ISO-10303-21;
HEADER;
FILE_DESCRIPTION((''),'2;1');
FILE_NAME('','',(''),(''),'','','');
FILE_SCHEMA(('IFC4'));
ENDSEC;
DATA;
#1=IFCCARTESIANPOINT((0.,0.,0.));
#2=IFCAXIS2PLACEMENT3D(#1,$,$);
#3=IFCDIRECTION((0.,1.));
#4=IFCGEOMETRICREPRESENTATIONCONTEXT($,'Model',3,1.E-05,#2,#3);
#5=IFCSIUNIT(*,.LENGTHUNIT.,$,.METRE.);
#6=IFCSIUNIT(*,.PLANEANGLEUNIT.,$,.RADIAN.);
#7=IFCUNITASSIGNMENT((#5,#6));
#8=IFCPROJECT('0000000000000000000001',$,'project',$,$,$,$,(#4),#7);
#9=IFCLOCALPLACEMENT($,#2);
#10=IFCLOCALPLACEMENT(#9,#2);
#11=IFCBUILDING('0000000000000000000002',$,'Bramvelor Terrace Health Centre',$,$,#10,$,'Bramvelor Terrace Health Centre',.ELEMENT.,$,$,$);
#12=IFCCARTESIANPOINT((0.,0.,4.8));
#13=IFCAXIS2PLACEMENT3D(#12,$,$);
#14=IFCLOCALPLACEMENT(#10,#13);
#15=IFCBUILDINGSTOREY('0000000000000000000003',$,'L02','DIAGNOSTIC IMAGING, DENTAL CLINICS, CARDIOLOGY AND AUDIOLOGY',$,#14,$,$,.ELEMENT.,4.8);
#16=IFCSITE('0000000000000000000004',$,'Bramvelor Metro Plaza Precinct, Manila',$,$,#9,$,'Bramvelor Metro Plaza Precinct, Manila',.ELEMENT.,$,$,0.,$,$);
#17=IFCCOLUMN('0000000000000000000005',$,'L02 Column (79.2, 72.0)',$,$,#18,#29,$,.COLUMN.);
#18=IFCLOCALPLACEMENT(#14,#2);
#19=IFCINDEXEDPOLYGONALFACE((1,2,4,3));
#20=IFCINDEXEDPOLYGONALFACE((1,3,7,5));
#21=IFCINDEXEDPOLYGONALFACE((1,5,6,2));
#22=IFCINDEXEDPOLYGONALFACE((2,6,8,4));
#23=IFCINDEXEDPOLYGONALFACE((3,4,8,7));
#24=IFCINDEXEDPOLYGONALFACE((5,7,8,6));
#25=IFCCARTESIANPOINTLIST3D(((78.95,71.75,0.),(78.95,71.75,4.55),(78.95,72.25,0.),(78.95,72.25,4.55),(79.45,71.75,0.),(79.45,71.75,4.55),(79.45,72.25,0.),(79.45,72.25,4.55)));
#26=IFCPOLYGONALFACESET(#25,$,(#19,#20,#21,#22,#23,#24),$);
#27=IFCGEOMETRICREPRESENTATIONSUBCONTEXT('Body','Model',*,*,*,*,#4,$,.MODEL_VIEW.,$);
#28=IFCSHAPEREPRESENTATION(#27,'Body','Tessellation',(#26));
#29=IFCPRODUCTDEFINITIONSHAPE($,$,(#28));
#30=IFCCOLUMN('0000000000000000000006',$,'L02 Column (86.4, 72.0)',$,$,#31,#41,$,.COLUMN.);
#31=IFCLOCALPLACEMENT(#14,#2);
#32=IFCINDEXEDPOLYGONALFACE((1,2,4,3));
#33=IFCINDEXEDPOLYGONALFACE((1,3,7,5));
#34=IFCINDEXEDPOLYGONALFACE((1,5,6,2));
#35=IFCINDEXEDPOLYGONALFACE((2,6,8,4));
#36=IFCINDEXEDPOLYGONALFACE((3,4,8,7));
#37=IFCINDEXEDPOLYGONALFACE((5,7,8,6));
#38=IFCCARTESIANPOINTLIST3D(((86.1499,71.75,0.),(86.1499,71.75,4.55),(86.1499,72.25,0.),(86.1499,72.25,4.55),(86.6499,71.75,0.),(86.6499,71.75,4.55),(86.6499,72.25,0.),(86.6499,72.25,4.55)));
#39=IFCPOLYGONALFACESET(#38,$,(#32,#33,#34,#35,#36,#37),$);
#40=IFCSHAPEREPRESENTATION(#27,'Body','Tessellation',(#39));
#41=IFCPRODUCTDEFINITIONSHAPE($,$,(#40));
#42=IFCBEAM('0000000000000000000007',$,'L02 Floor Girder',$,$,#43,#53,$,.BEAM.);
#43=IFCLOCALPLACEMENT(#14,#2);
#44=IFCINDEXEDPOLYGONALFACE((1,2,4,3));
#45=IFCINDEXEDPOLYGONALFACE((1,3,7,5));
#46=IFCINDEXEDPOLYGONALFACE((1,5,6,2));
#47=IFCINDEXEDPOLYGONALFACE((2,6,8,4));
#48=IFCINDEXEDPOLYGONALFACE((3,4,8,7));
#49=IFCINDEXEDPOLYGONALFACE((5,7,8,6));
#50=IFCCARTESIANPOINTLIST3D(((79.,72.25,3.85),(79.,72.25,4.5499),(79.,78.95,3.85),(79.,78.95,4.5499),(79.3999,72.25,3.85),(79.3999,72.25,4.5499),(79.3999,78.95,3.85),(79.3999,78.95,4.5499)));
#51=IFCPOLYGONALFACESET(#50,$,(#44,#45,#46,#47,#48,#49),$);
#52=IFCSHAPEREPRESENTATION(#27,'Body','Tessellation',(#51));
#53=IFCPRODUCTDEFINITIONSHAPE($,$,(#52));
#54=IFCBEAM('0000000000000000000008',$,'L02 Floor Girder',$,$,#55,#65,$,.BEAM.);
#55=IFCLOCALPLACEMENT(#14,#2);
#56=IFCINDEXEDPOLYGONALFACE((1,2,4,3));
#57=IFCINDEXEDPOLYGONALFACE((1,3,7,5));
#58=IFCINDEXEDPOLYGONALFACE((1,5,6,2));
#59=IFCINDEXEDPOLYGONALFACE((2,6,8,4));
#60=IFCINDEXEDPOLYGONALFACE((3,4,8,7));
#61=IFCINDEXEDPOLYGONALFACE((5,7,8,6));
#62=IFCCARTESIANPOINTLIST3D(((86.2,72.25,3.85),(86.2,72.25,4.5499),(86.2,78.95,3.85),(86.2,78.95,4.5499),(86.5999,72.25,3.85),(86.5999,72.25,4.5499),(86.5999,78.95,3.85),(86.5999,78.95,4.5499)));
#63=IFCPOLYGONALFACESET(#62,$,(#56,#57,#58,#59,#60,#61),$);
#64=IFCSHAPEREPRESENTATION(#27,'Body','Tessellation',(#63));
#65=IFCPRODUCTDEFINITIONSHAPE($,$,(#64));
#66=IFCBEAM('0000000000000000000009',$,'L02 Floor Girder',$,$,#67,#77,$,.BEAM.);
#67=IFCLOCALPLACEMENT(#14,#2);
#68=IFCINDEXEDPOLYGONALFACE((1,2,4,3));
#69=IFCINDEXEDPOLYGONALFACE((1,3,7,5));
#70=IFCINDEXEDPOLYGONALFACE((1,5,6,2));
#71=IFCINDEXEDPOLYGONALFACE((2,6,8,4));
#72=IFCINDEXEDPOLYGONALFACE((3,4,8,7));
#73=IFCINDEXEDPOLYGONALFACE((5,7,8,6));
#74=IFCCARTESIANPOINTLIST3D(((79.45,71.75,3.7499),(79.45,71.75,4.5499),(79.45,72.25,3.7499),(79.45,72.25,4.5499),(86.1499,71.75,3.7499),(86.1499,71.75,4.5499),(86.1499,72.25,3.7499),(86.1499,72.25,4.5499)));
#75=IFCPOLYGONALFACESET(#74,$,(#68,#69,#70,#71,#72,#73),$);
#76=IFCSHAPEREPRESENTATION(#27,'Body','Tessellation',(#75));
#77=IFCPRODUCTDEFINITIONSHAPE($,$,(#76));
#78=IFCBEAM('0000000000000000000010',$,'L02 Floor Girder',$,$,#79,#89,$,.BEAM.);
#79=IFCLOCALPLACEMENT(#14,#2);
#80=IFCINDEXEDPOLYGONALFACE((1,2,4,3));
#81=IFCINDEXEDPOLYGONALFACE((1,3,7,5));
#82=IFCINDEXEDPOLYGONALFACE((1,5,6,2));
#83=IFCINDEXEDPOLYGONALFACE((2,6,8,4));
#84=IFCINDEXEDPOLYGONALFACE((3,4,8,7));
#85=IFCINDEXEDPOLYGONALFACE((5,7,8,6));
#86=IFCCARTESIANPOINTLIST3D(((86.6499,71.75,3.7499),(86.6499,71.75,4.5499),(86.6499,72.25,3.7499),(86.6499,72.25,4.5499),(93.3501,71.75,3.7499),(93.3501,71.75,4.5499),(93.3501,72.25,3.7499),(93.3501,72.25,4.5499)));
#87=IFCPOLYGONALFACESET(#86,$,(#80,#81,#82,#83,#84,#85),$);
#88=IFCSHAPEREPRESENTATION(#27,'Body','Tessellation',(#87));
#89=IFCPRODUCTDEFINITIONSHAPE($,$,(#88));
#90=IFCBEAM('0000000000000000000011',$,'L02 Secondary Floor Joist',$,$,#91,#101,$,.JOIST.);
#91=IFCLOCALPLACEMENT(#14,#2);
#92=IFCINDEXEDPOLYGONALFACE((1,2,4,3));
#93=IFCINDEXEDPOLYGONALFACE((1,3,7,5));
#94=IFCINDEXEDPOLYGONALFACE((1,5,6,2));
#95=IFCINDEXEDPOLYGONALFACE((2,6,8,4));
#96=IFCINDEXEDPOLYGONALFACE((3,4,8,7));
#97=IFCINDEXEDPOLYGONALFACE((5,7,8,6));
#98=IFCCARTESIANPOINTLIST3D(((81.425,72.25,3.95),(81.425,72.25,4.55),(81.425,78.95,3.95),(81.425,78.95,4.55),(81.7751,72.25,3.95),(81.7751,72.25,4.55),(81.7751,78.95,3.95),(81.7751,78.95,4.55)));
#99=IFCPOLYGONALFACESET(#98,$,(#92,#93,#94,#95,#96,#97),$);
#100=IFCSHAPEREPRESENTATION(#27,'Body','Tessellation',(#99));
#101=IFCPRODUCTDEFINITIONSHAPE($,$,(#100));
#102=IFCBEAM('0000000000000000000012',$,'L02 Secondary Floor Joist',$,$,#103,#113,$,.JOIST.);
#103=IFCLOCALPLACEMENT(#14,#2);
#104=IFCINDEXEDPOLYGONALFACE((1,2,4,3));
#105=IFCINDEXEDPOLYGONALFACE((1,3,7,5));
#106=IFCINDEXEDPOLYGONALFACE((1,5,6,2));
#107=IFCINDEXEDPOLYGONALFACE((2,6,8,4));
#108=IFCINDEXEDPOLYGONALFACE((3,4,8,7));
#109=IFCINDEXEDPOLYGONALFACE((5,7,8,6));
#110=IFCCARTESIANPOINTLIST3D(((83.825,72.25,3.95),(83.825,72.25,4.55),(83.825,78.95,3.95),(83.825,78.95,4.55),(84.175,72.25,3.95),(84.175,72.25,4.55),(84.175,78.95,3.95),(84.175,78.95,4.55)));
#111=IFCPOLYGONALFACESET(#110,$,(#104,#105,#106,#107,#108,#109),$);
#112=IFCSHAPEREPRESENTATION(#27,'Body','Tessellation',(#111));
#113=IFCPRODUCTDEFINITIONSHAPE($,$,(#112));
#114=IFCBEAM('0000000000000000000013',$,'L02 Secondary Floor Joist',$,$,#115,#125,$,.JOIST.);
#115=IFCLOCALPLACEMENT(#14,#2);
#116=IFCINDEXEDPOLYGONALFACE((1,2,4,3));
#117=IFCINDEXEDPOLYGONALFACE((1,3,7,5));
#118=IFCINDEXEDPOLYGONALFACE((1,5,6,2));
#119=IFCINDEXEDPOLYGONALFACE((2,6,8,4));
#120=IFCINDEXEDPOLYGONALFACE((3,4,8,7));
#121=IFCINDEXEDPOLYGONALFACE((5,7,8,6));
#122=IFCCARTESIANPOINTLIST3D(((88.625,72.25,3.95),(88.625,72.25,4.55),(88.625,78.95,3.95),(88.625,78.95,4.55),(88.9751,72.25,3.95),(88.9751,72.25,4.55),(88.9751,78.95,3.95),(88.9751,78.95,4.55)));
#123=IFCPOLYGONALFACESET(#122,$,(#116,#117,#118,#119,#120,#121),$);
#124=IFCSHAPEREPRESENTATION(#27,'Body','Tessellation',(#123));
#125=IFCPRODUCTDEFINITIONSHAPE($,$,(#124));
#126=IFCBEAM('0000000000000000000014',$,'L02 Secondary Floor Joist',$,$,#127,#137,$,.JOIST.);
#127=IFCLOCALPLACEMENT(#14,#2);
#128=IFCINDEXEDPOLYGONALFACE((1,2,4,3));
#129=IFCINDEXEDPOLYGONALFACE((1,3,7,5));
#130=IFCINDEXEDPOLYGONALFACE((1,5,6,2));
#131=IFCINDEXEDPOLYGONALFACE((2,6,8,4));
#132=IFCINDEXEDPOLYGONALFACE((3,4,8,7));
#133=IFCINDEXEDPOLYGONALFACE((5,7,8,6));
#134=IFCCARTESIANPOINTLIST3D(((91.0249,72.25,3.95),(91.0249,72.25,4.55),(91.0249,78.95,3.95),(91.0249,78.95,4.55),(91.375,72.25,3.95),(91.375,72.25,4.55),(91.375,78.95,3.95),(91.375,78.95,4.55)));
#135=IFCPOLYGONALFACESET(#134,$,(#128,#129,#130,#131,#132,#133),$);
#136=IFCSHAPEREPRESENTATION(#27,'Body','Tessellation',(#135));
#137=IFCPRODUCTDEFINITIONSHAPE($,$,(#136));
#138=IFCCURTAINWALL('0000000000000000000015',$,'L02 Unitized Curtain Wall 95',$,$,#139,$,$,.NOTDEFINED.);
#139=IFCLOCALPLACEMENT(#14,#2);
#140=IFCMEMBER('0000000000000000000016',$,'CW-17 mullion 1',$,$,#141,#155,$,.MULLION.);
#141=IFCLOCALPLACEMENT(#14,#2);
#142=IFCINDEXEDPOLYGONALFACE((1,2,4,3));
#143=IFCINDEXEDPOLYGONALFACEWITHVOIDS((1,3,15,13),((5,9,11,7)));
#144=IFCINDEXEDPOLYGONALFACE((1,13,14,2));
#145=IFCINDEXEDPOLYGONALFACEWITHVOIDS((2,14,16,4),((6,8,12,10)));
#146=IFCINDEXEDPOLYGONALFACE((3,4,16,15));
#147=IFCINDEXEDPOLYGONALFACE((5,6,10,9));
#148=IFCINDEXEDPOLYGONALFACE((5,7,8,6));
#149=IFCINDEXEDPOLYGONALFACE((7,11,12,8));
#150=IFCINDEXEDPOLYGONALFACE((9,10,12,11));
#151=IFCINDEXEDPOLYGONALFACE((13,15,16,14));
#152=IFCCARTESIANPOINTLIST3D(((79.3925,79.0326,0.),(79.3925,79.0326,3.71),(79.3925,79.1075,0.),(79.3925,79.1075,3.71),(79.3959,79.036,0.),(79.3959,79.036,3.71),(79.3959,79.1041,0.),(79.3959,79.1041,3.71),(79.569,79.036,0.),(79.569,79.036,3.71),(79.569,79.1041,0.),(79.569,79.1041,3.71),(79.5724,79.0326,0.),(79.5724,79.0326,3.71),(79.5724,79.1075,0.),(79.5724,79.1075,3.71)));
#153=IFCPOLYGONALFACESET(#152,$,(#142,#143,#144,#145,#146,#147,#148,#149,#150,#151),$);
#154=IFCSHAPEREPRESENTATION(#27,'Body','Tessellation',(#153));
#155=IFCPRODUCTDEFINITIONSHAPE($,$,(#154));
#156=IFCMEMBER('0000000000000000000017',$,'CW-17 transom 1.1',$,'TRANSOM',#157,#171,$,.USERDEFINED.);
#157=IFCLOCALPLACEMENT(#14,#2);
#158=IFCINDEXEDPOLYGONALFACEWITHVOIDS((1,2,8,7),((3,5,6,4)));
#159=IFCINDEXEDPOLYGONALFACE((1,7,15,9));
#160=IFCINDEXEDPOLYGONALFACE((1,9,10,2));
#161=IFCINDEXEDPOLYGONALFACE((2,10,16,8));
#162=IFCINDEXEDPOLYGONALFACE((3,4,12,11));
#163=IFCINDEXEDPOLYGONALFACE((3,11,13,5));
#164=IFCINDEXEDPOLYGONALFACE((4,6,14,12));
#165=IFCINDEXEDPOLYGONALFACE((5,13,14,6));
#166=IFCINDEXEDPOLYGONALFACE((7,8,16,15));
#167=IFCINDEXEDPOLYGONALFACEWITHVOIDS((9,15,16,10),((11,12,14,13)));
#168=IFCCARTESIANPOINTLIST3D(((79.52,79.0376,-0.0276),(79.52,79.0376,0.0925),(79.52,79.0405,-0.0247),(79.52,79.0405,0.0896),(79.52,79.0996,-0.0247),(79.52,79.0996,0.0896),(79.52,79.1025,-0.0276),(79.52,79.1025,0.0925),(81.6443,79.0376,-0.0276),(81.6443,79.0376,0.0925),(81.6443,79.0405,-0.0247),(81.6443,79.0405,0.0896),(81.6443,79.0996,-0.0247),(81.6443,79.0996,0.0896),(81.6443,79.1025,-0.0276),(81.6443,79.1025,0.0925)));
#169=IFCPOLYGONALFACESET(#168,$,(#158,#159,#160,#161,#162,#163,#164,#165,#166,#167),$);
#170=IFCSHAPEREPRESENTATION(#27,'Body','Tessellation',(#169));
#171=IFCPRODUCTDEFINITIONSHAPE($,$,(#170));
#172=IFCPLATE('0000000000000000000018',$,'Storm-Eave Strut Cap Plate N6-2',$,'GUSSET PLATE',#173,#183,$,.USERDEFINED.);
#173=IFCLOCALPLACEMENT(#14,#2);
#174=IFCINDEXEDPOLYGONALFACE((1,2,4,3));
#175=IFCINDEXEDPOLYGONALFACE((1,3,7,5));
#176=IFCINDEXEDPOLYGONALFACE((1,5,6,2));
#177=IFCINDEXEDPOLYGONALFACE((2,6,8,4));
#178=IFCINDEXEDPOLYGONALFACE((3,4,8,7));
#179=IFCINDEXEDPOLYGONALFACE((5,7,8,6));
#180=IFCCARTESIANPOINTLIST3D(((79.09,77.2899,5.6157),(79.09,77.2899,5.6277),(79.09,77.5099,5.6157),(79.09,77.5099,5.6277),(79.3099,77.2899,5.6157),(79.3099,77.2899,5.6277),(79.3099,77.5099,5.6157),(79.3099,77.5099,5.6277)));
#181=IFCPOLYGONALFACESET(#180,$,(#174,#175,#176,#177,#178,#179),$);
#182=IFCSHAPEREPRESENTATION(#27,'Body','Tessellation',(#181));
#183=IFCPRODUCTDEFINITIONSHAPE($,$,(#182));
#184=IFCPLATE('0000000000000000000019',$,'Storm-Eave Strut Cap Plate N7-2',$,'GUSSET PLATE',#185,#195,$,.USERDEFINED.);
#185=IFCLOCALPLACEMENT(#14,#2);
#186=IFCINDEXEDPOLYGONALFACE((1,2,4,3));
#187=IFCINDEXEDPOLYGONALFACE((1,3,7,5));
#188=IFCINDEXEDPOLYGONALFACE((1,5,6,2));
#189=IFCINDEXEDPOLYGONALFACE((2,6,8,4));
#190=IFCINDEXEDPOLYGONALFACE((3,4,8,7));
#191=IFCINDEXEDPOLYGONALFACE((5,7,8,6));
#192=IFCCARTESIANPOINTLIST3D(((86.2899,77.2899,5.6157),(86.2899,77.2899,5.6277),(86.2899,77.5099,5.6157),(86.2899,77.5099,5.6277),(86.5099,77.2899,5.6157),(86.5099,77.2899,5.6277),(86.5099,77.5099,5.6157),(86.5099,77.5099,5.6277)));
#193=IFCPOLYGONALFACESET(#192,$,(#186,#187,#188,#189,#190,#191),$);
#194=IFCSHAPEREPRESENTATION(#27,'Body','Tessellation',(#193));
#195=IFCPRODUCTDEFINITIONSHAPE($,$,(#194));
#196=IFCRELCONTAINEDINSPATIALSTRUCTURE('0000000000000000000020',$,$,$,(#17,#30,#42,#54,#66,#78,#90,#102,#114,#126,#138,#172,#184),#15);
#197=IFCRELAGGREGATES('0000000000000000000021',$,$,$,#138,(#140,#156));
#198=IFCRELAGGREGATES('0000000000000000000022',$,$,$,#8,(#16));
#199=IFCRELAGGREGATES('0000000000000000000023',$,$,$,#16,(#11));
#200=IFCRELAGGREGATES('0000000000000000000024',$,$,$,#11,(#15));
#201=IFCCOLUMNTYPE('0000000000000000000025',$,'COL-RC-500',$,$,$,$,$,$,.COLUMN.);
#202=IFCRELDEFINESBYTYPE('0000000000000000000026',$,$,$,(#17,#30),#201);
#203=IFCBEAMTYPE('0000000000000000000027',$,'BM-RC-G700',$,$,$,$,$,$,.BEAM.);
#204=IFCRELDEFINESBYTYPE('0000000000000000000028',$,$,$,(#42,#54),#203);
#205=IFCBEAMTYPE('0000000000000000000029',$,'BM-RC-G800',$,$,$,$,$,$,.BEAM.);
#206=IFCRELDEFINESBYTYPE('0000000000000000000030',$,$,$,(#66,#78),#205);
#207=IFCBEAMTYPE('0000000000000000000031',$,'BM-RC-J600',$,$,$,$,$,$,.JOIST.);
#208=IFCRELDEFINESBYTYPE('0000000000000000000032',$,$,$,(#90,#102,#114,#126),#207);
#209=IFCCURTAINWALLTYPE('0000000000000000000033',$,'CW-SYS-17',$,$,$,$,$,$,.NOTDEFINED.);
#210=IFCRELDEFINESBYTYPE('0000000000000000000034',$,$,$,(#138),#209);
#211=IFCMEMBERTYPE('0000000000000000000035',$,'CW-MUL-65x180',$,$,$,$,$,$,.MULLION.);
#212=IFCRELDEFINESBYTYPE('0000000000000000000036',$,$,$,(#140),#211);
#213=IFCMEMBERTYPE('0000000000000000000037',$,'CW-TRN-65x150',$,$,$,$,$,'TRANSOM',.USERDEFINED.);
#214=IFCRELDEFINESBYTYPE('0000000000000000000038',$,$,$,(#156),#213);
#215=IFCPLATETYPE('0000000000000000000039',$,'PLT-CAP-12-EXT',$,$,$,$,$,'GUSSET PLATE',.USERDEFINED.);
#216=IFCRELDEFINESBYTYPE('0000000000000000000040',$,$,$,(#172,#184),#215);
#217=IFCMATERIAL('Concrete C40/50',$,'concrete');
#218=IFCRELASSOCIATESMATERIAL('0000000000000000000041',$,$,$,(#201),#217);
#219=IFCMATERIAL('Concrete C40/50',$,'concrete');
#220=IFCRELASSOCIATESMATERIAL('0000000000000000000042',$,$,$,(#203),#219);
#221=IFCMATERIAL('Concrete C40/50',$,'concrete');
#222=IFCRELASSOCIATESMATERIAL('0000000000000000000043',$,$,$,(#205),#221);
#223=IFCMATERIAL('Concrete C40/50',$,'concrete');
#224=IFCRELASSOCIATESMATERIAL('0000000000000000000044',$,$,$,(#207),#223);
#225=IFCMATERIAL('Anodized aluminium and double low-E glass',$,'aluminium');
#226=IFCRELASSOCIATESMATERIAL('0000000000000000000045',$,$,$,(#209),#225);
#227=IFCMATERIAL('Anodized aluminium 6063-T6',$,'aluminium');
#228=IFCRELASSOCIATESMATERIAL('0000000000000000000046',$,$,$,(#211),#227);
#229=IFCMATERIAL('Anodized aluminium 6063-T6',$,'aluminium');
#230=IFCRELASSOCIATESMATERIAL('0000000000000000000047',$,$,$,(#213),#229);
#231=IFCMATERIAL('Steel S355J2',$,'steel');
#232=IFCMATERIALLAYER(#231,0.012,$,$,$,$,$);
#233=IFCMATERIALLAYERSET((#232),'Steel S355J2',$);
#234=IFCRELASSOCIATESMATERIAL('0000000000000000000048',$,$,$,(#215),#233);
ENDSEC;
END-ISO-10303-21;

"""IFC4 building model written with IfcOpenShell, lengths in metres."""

from ifc_helpers import new_model, si_unit, direction, frame, origin, origin_2d, place, context, subcontext, project, spatial, rectangle, hollow_rectangle, extrude, material, layer, layer_set, material_profile, profile_set, type_object, element, aggregate, save


model = new_model("IFC4")

# Units and contexts
model_context = context("Model", 3, precision=1e-05, world=origin(), true_north=direction((0.0, 1.0)))
body_context = subcontext(model_context, "Body", "Model", "MODEL_VIEW")
ifc_project = project(units=[si_unit("LENGTHUNIT", "METRE"), si_unit("PLANEANGLEUNIT", "RADIAN")], contexts=[model_context])

# Site, building, storey
site_placement = place(None, origin())
site = spatial("IfcSite", under=ifc_project, at=site_placement, Name="Bramvelor Metro Plaza Precinct, Manila", LongName="Bramvelor Metro Plaza Precinct, Manila", CompositionType="ELEMENT", RefElevation=0.0)
building_placement = place(site_placement, origin())
building = spatial("IfcBuilding", under=site, at=building_placement, Name="Bramvelor Terrace Health Centre", LongName="Bramvelor Terrace Health Centre", CompositionType="ELEMENT")
storey_placement = place(building_placement, frame((0.0, 0.0, 4.8)))
storey = spatial("IfcBuildingStorey", under=building, at=storey_placement, Name="L02", Description="DIAGNOSTIC IMAGING, DENTAL CLINICS, CARDIOLOGY AND AUDIOLOGY", CompositionType="ELEMENT", Elevation=4.8)

# Columns
ifc_material_1 = material(Name="Concrete C40/50", Category="concrete")
ifc_material_profile_1 = material_profile(ifc_material_1, rectangle(XDim=0.5, YDim=0.5, at=origin_2d()), Name="RC 500x500")
ifc_profile_set_1 = profile_set([ifc_material_profile_1], Name="Concrete C40/50")
column_type = type_object("IfcColumnType", Name="COL-RC-500", PredefinedType="COLUMN", material=ifc_profile_set_1)
for number, where, z_axis, x_axis, name in (
    (1, (79.2, 72.0, 0.0), (0.0, 0.0, 1.0), (1.0, 0.0, 0.0), "L02 Column (79.2, 72.0)"),
    (2, (86.3999, 72.0, 0.0), (0.0, 0.0, 1.0), (1.0, 0.0, 0.0), "L02 Column (86.4, 72.0)"),
):
    element("IfcColumn", number, at=place(storey_placement, frame(where, z_axis=z_axis, x_axis=x_axis)), inside=storey, type_object=column_type, Name=name, PredefinedType="COLUMN", context=body_context, shape_type="SweptSolid", body=[
        extrude(rectangle(XDim=0.5, YDim=0.5, at=origin_2d()), origin(), (0.0, 0.0, 1.0), 4.55),
    ])

# Beams
ifc_material_2 = material(Name="Concrete C40/50", Category="concrete")
ifc_material_profile_2 = material_profile(ifc_material_2, rectangle(XDim=0.3999, YDim=0.7, at=origin_2d()), Name="RC 400x700")
ifc_profile_set_2 = profile_set([ifc_material_profile_2], Name="Concrete C40/50")
beam_type_1 = type_object("IfcBeamType", Name="BM-RC-G700", PredefinedType="BEAM", material=ifc_profile_set_2)
for number, where, z_axis, x_axis, name in (
    (3, (79.2, 72.25, 4.2), (0.0, 1.0, 0.0), (-1.0, 0.0, 0.0), "L02 Floor Girder"),
    (4, (86.3999, 72.25, 4.2), (0.0, 1.0, 0.0), (-1.0, 0.0, 0.0), "L02 Floor Girder"),
):
    element("IfcBeam", number, at=place(storey_placement, frame(where, z_axis=z_axis, x_axis=x_axis)), inside=storey, type_object=beam_type_1, Name=name, PredefinedType="BEAM", context=body_context, shape_type="SweptSolid", body=[
        extrude(rectangle(XDim=0.3999, YDim=0.7, at=origin_2d()), origin(), (0.0, 0.0, 1.0), 6.7),
    ])
ifc_material_3 = material(Name="Concrete C40/50", Category="concrete")
ifc_material_profile_3 = material_profile(ifc_material_3, rectangle(XDim=0.5, YDim=0.8, at=origin_2d()), Name="RC 500x800")
ifc_profile_set_3 = profile_set([ifc_material_profile_3], Name="Concrete C40/50")
beam_type_2 = type_object("IfcBeamType", Name="BM-RC-G800", PredefinedType="BEAM", material=ifc_profile_set_3)
beam_1_placement = place(storey_placement, frame((79.45, 72.0, 4.1499), z_axis=(1.0, 0.0, 0.0), x_axis=(0.0, 1.0, 0.0)))
element("IfcBeam", 5, at=beam_1_placement, inside=storey, type_object=beam_type_2, Name="L02 Floor Girder", PredefinedType="BEAM", context=body_context, shape_type="SweptSolid", body=[
    extrude(rectangle(XDim=0.5, YDim=0.8, at=origin_2d()), origin(), (0.0, 0.0, 1.0), 6.7),
])
beam_2_placement = place(storey_placement, frame((86.6499, 72.0, 4.1499), z_axis=(1.0, 0.0, 0.0), x_axis=(0.0, 1.0, 0.0)))
element("IfcBeam", 6, at=beam_2_placement, inside=storey, type_object=beam_type_2, Name="L02 Floor Girder", PredefinedType="BEAM", context=body_context, shape_type="SweptSolid", body=[
    extrude(rectangle(XDim=0.5, YDim=0.8, at=origin_2d()), origin(), (0.0, 0.0, 1.0), 6.7002),
])
ifc_material_4 = material(Name="Concrete C40/50", Category="concrete")
ifc_material_profile_4 = material_profile(ifc_material_4, rectangle(XDim=0.3501, YDim=0.6001, at=origin_2d()), Name="RC 350x600")
ifc_profile_set_4 = profile_set([ifc_material_profile_4], Name="Concrete C40/50")
beam_type_3 = type_object("IfcBeamType", Name="BM-RC-J600", PredefinedType="JOIST", material=ifc_profile_set_4)
for number, where, z_axis, x_axis, name in (
    (7, (81.6001, 72.25, 4.25), (0.0, 1.0, 0.0), (-1.0, 0.0, 0.0), "L02 Secondary Floor Joist"),
    (8, (84.0, 72.25, 4.25), (0.0, 1.0, 0.0), (-1.0, 0.0, 0.0), "L02 Secondary Floor Joist"),
    (9, (88.8, 72.25, 4.25), (0.0, 1.0, 0.0), (-1.0, 0.0, 0.0), "L02 Secondary Floor Joist"),
    (10, (91.2, 72.25, 4.25), (0.0, 1.0, 0.0), (-1.0, 0.0, 0.0), "L02 Secondary Floor Joist"),
):
    element("IfcBeam", number, at=place(storey_placement, frame(where, z_axis=z_axis, x_axis=x_axis)), inside=storey, type_object=beam_type_3, Name=name, PredefinedType="JOIST", context=body_context, shape_type="SweptSolid", body=[
        extrude(rectangle(XDim=0.3501, YDim=0.6001, at=origin_2d()), origin(), (0.0, 0.0, 1.0), 6.7),
    ])

# Curtain wall, members
ifc_material_5 = material(Name="Anodized aluminium and double low-E glass", Category="aluminium")
curtain_wall_type = type_object("IfcCurtainWallType", Name="CW-SYS-17", PredefinedType="NOTDEFINED", material=ifc_material_5)
curtain_wall_placement = place(storey_placement, origin())
curtain_wall = element("IfcCurtainWall", 11, at=curtain_wall_placement, inside=storey, type_object=curtain_wall_type, Name="L02 Unitized Curtain Wall 95", PredefinedType="NOTDEFINED")
ifc_material_6 = material(Name="Anodized aluminium 6063-T6", Category="aluminium")
ifc_material_profile_5 = material_profile(ifc_material_6, hollow_rectangle(XDim=0.075, YDim=0.1799, WallThickness=0.0034, at=origin_2d()), Name="ALU-MUL 75x180x3.5")
ifc_profile_set_5 = profile_set([ifc_material_profile_5], Name="Anodized aluminium 6063-T6")
member_type_1 = type_object("IfcMemberType", Name="CW-MUL-65x180", PredefinedType="MULLION", material=ifc_profile_set_5)
member_1_placement = place(storey_placement, frame((79.4824, 79.0701, 0.0), z_axis=(0.0, 0.0, 1.0), x_axis=(0.0, 1.0, 0.0)))
member_1 = element("IfcMember", 12, at=member_1_placement, type_object=member_type_1, Name="CW-17 mullion 1", PredefinedType="MULLION", context=body_context, shape_type="SweptSolid", body=[
    extrude(hollow_rectangle(XDim=0.075, YDim=0.1799, WallThickness=0.0034, at=origin_2d()), origin(), (0.0, 0.0, 1.0), 3.71),
])
ifc_material_7 = material(Name="Anodized aluminium 6063-T6", Category="aluminium")
ifc_material_profile_6 = material_profile(ifc_material_7, hollow_rectangle(XDim=0.0649, YDim=0.1201, WallThickness=0.0029, at=origin_2d()), Name="ALU-TRN 65x120x3.0")
ifc_profile_set_6 = profile_set([ifc_material_profile_6], Name="Anodized aluminium 6063-T6")
member_type_2 = type_object("IfcMemberType", Name="CW-TRN-65x150", ElementType="TRANSOM", PredefinedType="USERDEFINED", material=ifc_profile_set_6)
member_2_placement = place(storey_placement, frame((79.52, 79.0701, 0.0325), z_axis=(1.0, 0.0, 0.0), x_axis=(0.0, 1.0, 0.0)))
member_2 = element("IfcMember", 13, at=member_2_placement, type_object=member_type_2, Name="CW-17 transom 1.1", ObjectType="TRANSOM", PredefinedType="USERDEFINED", context=body_context, shape_type="SweptSolid", body=[
    extrude(hollow_rectangle(XDim=0.0649, YDim=0.1201, WallThickness=0.0029, at=origin_2d()), origin(), (0.0, 0.0, 1.0), 2.1243),
])
aggregate(curtain_wall, [member_1, member_2])

# Plates
ifc_material_8 = material(Name="Steel S355J2", Category="steel")
ifc_layer_1 = layer(ifc_material_8, 0.012)
ifc_layer_set_1 = layer_set([ifc_layer_1], Name="Steel S355J2")
plate_type = type_object("IfcPlateType", Name="PLT-CAP-12-EXT", ElementType="GUSSET PLATE", PredefinedType="USERDEFINED", material=ifc_layer_set_1)
for number, where, z_axis, x_axis, name in (
    (14, (79.2, 77.3999, 5.6157), (0.0, 0.0, 1.0), (1.0, 0.0, 0.0), "Storm-Eave Strut Cap Plate N6-2"),
    (15, (86.3999, 77.3999, 5.6157), (0.0, 0.0, 1.0), (1.0, 0.0, 0.0), "Storm-Eave Strut Cap Plate N7-2"),
):
    element("IfcPlate", number, at=place(storey_placement, frame(where, z_axis=z_axis, x_axis=x_axis)), inside=storey, type_object=plate_type, Name=name, ObjectType="GUSSET PLATE", PredefinedType="USERDEFINED", context=body_context, shape_type="SweptSolid", body=[
        extrude(rectangle(XDim=0.22, YDim=0.22, at=origin_2d()), origin(), (0.0, 0.0, 1.0), 0.012),
    ])

save(model, "model.ifc")
